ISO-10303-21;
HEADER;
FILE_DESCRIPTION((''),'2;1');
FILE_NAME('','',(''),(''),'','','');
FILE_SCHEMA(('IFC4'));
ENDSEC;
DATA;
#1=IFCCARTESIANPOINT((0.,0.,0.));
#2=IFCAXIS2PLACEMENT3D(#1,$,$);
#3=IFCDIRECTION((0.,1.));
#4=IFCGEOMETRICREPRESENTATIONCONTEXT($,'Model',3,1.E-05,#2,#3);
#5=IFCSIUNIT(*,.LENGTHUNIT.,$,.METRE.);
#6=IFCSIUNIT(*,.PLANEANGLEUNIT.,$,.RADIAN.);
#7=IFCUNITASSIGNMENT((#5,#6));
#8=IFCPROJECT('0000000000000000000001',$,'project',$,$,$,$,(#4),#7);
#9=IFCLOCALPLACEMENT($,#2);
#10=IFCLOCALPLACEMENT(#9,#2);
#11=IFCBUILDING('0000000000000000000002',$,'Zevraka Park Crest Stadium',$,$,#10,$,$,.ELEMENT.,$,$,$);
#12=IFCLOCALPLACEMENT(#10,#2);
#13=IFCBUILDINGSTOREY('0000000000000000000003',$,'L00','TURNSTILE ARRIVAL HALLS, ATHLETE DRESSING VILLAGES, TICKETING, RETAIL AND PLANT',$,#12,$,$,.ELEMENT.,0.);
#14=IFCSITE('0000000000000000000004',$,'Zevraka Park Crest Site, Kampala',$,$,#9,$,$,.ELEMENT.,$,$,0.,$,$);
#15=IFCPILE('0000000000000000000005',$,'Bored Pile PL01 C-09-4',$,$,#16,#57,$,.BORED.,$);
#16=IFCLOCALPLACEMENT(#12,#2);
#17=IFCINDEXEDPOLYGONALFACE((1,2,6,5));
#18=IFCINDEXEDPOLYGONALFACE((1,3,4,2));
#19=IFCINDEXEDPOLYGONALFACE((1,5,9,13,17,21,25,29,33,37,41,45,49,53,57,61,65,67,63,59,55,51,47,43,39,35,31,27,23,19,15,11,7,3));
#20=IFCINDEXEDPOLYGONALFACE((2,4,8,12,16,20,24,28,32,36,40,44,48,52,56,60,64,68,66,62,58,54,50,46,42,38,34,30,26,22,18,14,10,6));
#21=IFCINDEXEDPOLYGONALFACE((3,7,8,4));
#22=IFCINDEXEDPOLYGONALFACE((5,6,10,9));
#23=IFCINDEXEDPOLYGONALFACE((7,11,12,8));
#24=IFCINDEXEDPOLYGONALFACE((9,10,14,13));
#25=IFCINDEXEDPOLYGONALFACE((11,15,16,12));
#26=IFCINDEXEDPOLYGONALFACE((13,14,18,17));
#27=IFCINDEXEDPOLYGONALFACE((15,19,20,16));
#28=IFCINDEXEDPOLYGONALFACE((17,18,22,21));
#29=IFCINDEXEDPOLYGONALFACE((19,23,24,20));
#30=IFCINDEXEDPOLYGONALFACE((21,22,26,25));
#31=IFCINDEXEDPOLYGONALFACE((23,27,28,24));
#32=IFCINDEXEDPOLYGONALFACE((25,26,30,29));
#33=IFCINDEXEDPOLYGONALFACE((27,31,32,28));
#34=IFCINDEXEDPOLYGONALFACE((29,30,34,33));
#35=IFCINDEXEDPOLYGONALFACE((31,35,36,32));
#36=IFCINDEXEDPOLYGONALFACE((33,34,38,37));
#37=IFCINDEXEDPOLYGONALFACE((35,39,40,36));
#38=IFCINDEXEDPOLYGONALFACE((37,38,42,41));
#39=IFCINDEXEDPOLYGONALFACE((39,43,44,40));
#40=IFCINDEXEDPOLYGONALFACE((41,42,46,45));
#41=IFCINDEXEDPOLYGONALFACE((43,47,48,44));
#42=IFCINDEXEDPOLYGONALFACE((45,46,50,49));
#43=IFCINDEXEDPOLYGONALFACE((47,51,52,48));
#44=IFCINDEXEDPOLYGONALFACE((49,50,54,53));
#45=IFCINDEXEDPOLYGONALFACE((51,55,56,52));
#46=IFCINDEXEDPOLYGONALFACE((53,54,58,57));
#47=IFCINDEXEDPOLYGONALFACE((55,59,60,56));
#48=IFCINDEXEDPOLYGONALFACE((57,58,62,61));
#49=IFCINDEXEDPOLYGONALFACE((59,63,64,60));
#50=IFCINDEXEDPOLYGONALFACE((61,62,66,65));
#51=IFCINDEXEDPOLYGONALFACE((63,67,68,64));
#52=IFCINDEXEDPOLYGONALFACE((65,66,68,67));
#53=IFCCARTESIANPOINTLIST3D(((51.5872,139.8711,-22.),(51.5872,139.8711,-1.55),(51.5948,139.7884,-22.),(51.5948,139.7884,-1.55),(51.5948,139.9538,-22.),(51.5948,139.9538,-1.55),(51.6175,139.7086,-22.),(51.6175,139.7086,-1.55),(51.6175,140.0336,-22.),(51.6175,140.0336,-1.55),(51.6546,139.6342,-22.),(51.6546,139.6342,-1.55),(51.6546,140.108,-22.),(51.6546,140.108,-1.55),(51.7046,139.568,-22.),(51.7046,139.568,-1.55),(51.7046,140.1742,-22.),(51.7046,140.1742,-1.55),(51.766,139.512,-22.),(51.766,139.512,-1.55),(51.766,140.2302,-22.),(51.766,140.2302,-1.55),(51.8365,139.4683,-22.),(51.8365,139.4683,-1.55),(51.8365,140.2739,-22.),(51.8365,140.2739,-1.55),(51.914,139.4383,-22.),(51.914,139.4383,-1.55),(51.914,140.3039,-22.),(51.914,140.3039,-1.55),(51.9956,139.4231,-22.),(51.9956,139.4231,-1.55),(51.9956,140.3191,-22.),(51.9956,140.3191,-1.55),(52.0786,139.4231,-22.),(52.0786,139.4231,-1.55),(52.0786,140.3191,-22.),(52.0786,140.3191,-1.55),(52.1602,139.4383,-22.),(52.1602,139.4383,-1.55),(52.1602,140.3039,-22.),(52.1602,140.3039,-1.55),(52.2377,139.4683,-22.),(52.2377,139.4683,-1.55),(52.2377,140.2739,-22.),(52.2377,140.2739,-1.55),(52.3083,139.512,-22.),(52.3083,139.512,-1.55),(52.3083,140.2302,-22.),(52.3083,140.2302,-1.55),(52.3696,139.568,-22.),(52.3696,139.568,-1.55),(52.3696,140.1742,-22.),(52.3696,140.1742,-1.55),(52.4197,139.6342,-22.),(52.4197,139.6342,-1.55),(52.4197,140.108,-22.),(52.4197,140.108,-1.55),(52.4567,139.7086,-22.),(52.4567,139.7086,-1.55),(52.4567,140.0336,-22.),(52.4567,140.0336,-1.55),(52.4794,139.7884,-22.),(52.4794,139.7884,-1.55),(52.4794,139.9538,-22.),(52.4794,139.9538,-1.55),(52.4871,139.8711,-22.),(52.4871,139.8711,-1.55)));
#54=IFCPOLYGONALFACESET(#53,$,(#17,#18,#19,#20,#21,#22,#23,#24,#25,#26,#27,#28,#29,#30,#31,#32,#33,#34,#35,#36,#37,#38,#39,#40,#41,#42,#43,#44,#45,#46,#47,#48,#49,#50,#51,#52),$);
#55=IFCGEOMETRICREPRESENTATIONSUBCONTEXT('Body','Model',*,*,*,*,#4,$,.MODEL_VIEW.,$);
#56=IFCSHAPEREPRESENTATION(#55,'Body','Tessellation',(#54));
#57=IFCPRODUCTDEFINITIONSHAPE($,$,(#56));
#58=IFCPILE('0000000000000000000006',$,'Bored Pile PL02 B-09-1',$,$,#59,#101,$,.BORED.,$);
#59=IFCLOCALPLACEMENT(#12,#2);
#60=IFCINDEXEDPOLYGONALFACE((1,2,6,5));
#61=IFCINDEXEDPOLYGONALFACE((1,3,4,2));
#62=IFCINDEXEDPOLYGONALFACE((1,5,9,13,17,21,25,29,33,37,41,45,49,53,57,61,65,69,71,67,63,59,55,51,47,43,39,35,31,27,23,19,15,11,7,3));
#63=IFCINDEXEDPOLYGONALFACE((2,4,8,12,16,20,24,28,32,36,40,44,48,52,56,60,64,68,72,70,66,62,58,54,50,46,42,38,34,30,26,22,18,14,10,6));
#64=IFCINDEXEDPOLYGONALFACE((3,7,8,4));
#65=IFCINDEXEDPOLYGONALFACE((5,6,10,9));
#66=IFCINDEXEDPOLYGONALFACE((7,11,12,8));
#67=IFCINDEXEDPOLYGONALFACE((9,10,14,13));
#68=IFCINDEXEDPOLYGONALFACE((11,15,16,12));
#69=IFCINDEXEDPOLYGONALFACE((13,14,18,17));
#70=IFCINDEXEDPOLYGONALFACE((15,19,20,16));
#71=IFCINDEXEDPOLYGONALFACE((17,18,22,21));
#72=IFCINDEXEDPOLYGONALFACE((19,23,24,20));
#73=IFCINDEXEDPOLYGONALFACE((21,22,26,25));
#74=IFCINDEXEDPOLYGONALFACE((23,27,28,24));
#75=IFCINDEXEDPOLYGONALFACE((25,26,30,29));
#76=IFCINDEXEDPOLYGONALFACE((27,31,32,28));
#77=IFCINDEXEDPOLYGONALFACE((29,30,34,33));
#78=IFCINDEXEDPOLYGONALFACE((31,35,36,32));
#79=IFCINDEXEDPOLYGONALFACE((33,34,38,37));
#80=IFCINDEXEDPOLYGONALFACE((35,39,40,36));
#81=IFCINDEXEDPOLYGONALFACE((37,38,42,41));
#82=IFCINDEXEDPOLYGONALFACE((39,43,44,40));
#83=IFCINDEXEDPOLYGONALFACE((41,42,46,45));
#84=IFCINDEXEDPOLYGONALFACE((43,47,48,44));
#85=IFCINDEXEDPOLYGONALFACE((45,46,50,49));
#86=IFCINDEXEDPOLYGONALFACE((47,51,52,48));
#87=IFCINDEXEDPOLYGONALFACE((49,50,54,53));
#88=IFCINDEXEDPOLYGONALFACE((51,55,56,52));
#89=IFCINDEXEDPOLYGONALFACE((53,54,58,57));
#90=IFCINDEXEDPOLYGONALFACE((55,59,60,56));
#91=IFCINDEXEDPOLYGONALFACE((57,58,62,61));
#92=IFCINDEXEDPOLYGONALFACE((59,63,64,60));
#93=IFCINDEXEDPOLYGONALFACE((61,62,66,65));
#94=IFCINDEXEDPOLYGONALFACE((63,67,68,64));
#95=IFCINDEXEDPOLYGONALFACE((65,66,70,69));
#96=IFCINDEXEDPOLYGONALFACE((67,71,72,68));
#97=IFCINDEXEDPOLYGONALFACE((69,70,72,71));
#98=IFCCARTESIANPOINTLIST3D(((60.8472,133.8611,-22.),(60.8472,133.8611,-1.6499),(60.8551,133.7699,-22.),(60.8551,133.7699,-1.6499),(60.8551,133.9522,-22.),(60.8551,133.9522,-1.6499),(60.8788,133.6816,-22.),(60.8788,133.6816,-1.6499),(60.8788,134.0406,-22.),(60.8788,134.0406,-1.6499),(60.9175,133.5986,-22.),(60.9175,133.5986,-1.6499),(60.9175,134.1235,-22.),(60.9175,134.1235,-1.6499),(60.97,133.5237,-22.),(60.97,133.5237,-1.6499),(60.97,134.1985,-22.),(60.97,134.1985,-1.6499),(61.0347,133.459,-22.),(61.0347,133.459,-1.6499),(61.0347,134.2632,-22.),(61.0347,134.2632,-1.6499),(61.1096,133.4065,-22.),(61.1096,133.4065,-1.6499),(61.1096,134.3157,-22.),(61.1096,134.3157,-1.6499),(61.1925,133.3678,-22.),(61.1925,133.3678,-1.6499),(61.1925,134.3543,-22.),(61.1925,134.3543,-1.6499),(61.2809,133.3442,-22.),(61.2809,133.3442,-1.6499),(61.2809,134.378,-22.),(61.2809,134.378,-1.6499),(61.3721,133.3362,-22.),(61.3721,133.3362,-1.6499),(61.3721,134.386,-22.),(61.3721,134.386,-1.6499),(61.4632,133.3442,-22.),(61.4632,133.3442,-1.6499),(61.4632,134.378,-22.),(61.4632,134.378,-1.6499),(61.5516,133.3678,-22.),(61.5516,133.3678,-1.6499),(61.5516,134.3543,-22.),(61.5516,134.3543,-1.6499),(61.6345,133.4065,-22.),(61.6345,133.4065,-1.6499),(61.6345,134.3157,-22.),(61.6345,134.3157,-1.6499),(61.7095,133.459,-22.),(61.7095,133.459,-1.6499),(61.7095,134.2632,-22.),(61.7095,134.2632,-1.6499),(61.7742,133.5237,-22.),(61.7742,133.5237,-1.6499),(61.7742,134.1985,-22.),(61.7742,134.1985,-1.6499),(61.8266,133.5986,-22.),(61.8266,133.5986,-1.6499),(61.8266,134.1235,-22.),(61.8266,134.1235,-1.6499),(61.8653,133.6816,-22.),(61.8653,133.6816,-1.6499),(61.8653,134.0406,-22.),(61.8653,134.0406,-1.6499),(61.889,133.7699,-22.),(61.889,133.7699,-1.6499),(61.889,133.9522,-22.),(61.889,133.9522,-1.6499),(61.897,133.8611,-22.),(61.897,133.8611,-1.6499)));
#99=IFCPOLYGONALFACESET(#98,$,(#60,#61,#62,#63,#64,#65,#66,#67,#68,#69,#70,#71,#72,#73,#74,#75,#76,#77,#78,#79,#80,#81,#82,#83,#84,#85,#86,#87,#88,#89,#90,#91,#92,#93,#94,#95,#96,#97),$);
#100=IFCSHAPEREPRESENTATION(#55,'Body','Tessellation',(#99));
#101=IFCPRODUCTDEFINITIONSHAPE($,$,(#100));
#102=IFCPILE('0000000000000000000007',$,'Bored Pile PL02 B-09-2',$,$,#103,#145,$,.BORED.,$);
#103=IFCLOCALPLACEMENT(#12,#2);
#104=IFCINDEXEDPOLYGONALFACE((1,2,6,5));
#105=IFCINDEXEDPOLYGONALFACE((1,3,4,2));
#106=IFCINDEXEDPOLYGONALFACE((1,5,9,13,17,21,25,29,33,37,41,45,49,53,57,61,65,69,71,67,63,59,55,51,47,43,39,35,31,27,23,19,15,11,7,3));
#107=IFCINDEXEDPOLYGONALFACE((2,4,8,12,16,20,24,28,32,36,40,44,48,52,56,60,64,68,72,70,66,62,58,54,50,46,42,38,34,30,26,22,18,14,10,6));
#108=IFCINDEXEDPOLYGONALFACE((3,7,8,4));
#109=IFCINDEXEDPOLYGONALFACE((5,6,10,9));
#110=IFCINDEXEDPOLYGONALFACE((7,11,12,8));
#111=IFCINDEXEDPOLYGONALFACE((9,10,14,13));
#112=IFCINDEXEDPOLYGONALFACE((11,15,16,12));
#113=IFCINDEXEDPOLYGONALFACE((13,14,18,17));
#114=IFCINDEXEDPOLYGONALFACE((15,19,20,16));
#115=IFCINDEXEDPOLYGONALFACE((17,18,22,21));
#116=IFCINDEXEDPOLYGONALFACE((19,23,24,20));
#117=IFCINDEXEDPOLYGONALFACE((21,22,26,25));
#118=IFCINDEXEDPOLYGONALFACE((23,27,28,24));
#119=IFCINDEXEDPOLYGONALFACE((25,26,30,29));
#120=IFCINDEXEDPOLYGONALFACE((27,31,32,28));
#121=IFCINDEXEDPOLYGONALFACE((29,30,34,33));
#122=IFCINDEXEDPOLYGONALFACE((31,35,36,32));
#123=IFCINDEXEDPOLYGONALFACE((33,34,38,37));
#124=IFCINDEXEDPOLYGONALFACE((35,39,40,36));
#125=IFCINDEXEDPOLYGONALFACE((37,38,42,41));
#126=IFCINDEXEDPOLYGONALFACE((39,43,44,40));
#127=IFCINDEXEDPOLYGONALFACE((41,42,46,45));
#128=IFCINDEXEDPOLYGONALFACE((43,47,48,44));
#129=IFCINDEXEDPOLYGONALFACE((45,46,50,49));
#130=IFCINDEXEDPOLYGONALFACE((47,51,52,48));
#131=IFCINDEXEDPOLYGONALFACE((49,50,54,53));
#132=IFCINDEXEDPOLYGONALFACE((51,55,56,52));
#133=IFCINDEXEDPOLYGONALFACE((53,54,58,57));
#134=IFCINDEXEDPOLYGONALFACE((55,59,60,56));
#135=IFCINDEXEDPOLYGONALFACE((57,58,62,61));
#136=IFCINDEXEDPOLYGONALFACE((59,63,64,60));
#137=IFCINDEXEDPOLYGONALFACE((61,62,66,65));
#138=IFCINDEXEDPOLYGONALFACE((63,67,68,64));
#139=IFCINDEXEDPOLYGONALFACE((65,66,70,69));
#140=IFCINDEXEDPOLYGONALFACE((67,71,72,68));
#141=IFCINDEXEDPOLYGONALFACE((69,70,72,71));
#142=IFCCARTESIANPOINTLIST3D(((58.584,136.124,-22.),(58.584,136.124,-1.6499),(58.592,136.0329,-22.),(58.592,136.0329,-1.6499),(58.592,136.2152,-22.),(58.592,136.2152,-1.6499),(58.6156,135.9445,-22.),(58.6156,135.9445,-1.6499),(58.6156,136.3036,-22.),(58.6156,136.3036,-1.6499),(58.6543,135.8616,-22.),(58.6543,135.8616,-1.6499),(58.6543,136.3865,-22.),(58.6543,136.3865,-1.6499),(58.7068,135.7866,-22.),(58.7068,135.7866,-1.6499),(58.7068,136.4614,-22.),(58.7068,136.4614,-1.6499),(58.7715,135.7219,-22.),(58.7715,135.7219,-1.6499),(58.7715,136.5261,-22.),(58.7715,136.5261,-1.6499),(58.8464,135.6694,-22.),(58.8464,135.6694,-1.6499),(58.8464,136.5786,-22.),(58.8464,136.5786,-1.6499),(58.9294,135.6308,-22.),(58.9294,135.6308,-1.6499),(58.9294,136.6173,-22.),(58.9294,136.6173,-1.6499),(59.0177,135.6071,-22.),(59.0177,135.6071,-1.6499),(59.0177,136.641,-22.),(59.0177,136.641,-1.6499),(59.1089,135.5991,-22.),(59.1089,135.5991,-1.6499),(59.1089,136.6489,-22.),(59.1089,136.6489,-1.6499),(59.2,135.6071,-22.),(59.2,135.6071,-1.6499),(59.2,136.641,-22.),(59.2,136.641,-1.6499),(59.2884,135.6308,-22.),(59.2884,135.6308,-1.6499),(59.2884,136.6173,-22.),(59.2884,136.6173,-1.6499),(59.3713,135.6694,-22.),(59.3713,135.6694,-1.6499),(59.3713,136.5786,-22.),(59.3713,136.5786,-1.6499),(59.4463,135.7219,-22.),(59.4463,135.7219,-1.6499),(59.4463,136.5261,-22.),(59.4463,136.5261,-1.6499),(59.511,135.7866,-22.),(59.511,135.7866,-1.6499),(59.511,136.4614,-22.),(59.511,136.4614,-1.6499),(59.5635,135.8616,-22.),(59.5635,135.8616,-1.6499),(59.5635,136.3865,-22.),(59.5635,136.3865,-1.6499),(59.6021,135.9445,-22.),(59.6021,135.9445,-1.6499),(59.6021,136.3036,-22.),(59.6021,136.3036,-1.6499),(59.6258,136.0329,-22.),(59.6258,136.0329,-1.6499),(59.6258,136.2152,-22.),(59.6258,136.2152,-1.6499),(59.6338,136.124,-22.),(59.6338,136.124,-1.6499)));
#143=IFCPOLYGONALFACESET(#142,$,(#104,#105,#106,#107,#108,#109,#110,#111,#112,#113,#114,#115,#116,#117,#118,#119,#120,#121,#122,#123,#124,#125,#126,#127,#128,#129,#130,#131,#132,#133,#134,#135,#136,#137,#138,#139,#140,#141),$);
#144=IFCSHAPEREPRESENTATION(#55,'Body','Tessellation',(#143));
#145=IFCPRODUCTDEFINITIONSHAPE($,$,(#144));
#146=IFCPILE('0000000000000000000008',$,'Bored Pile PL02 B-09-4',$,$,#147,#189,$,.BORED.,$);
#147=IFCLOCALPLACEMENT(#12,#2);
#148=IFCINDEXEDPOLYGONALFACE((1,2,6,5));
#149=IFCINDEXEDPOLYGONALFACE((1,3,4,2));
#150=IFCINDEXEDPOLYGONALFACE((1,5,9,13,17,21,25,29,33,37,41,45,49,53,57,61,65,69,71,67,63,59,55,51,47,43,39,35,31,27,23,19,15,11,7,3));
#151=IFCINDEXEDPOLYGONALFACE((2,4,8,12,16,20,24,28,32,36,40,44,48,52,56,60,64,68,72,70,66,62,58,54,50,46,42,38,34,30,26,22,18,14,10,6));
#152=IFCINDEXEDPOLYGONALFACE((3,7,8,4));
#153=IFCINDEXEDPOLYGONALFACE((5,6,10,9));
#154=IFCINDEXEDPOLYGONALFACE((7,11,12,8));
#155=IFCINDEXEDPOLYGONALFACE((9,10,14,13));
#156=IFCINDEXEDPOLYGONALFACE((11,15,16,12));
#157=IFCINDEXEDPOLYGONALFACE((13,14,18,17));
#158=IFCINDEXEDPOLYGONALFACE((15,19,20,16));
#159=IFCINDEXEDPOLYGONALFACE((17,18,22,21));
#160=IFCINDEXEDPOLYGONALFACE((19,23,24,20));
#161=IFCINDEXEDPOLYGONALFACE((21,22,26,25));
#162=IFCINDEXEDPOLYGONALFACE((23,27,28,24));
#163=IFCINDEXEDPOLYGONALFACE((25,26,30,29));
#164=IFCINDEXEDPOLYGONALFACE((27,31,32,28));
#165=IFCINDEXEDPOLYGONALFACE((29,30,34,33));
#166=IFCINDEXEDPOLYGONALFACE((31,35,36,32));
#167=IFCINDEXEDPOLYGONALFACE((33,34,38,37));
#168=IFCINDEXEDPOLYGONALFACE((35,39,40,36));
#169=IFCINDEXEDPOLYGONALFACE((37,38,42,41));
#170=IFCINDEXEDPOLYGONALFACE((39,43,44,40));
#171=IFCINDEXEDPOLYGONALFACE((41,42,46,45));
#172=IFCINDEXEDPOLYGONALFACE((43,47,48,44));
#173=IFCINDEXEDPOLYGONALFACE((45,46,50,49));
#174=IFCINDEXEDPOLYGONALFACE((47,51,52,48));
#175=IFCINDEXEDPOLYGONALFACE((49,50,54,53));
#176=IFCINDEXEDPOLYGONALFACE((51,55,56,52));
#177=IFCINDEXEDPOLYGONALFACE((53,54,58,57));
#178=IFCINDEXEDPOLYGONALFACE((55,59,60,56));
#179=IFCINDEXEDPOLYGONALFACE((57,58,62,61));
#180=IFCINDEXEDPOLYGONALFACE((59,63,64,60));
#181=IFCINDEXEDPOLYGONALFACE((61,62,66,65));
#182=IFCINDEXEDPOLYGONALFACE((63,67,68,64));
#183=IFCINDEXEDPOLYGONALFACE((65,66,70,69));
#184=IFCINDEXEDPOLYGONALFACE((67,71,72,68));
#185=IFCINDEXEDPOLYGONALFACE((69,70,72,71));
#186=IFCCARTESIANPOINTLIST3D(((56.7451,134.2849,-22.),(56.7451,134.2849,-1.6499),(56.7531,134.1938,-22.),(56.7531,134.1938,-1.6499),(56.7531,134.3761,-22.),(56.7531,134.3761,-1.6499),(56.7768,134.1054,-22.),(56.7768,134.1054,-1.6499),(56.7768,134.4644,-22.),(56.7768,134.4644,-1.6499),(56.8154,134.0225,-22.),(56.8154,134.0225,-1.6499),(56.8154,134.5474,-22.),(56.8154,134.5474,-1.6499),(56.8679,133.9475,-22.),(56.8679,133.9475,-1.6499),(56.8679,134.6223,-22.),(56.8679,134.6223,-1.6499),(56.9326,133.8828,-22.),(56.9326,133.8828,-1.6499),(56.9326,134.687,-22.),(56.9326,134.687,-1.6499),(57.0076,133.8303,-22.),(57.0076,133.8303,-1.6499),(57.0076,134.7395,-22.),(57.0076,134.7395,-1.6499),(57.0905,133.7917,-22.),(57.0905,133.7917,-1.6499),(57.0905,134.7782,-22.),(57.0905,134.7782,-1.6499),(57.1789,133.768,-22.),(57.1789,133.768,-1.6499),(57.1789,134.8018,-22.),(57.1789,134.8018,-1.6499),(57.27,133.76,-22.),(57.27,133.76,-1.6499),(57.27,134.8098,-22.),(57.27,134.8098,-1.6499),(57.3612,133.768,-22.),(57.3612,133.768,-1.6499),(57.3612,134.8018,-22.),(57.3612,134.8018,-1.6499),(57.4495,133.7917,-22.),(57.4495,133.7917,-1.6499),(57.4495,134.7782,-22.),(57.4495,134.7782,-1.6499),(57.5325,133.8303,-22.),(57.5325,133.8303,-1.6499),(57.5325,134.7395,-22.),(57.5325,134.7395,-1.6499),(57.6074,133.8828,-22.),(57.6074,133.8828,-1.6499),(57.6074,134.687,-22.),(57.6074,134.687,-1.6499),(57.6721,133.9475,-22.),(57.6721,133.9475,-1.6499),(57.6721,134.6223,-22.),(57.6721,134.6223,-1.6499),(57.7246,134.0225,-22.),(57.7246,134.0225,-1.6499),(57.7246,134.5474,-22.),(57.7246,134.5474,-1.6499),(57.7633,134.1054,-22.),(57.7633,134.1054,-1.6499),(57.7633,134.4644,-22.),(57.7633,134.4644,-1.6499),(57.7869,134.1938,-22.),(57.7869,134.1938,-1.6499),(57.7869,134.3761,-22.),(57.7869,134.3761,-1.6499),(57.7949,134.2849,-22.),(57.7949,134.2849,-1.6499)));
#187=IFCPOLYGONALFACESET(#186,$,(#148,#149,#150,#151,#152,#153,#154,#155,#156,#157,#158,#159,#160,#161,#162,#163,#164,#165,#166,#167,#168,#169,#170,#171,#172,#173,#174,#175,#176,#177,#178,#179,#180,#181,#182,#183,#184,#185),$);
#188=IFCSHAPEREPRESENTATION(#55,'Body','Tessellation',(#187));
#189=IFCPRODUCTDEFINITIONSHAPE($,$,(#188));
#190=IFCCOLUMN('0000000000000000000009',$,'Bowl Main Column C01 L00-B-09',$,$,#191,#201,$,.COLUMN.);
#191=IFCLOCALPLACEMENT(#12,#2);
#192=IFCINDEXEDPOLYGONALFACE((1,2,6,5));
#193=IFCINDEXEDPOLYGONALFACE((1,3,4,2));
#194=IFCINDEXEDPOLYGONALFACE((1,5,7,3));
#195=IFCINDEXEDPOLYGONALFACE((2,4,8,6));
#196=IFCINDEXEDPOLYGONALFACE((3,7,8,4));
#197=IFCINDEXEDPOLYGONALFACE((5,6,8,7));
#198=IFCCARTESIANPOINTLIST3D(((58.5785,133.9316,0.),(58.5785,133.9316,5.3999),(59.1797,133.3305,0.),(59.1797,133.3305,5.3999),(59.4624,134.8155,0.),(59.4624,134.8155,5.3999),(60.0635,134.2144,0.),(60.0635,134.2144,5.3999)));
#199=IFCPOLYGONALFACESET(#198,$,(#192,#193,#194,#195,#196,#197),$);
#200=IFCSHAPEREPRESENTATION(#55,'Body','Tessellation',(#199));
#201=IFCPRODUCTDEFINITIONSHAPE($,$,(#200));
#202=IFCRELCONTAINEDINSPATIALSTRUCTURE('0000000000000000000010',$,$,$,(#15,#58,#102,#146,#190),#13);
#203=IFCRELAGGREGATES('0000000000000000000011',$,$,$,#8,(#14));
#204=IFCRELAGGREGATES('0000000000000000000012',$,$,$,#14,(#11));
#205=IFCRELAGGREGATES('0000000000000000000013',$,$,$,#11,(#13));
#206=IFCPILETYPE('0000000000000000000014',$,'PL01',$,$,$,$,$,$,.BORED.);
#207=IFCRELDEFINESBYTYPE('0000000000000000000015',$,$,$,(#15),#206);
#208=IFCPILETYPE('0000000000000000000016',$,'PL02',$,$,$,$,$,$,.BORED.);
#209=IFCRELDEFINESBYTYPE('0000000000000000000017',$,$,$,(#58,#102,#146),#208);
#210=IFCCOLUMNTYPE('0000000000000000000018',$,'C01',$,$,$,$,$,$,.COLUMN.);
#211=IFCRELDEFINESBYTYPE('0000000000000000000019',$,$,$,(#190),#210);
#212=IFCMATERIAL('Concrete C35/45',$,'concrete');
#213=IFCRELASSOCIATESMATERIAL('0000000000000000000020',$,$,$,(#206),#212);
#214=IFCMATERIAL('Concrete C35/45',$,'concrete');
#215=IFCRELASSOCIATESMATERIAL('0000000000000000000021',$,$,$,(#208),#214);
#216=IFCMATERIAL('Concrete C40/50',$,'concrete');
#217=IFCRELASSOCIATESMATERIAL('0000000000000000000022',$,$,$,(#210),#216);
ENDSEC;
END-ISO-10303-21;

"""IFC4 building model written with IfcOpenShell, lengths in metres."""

from ifc_helpers import new_model, si_unit, direction, frame, origin, origin_2d, place, context, subcontext, project, spatial, rectangle, circle, extrude, material, material_profile, profile_set, type_object, element, save


model = new_model("IFC4")

# Units and contexts
model_context = context("Model", 3, precision=1e-05, world=origin(), true_north=direction((0.0, 1.0)))
body_context = subcontext(model_context, "Body", "Model", "MODEL_VIEW")
ifc_project = project(units=[si_unit("LENGTHUNIT", "METRE"), si_unit("PLANEANGLEUNIT", "RADIAN")], contexts=[model_context])

# Site, building, storey
site_placement = place(None, origin())
site = spatial("IfcSite", under=ifc_project, at=site_placement, Name="Zevraka Park Crest Site, Kampala", CompositionType="ELEMENT", RefElevation=0.0)
building_placement = place(site_placement, origin())
building = spatial("IfcBuilding", under=site, at=building_placement, Name="Zevraka Park Crest Stadium", CompositionType="ELEMENT")
storey_placement = place(building_placement, origin())
storey = spatial("IfcBuildingStorey", under=building, at=storey_placement, Name="L00", Description="TURNSTILE ARRIVAL HALLS, ATHLETE DRESSING VILLAGES, TICKETING, RETAIL AND PLANT", CompositionType="ELEMENT", Elevation=0.0)

# Piles
ifc_material_1 = material(Name="Concrete C35/45", Category="concrete")
ifc_material_profile_1 = material_profile(ifc_material_1, circle(Radius=0.45, at=origin_2d()), Name="PILE D900")
ifc_profile_set_1 = profile_set([ifc_material_profile_1], Name="Concrete C35/45")
pile_type_1 = type_object("IfcPileType", Name="PL01", PredefinedType="BORED", material=ifc_profile_set_1)
for number, where, z_axis, x_axis, name in (
    (1, (52.0371, 139.8711, -1.55), (0.0, 0.0, -1.0), (1.0, 0.0, 0.0), "Bored Pile PL01 C-09-4"),
):
    element("IfcPile", number, at=place(storey_placement, frame(where, z_axis=z_axis, x_axis=x_axis)), inside=storey, type_object=pile_type_1, Name=name, PredefinedType="BORED", context=body_context, shape_type="SweptSolid", body=[
        extrude(circle(Radius=0.45, at=origin_2d()), origin(), (0.0, 0.0, 1.0), 20.45),
    ])
ifc_material_2 = material(Name="Concrete C35/45", Category="concrete")
ifc_material_profile_2 = material_profile(ifc_material_2, circle(Radius=0.5249, at=origin_2d()), Name="PILE D1050")
ifc_profile_set_2 = profile_set([ifc_material_profile_2], Name="Concrete C35/45")
pile_type_2 = type_object("IfcPileType", Name="PL02", PredefinedType="BORED", material=ifc_profile_set_2)
for number, where, z_axis, x_axis, name in (
    (2, (61.3721, 133.8611, -1.6499), (0.0, 0.0, -1.0), (1.0, 0.0, 0.0), "Bored Pile PL02 B-09-1"),
    (3, (59.1089, 136.124, -1.6499), (0.0, 0.0, -1.0), (1.0, 0.0, 0.0), "Bored Pile PL02 B-09-2"),
    (4, (57.27, 134.2849, -1.6499), (0.0, 0.0, -1.0), (1.0, 0.0, 0.0), "Bored Pile PL02 B-09-4"),
):
    element("IfcPile", number, at=place(storey_placement, frame(where, z_axis=z_axis, x_axis=x_axis)), inside=storey, type_object=pile_type_2, Name=name, PredefinedType="BORED", context=body_context, shape_type="SweptSolid", body=[
        extrude(circle(Radius=0.5249, at=origin_2d()), origin(), (0.0, 0.0, 1.0), 20.3501),
    ])

# Column
ifc_material_3 = material(Name="Concrete C40/50", Category="concrete")
ifc_material_profile_3 = material_profile(ifc_material_3, rectangle(XDim=0.8501, YDim=1.25, at=origin_2d()), Name="RC 1250x850")
ifc_profile_set_3 = profile_set([ifc_material_profile_3], Name="Concrete C40/50")
column_type_1 = type_object("IfcColumnType", Name="C01", PredefinedType="COLUMN", material=ifc_profile_set_3)
column_1_placement = place(storey_placement, frame((59.321, 134.073, 0.0), z_axis=(0.0, 0.0, 1.0), x_axis=(-0.707107, 0.707107, 0.0)))
element("IfcColumn", 5, at=column_1_placement, inside=storey, type_object=column_type_1, Name="Bowl Main Column C01 L00-B-09", PredefinedType="COLUMN", context=body_context, shape_type="SweptSolid", body=[
    extrude(rectangle(XDim=0.8501, YDim=1.25, at=origin_2d()), origin(), (0.0, 0.0, 1.0), 5.3999),
])

save(model, "model.ifc")
